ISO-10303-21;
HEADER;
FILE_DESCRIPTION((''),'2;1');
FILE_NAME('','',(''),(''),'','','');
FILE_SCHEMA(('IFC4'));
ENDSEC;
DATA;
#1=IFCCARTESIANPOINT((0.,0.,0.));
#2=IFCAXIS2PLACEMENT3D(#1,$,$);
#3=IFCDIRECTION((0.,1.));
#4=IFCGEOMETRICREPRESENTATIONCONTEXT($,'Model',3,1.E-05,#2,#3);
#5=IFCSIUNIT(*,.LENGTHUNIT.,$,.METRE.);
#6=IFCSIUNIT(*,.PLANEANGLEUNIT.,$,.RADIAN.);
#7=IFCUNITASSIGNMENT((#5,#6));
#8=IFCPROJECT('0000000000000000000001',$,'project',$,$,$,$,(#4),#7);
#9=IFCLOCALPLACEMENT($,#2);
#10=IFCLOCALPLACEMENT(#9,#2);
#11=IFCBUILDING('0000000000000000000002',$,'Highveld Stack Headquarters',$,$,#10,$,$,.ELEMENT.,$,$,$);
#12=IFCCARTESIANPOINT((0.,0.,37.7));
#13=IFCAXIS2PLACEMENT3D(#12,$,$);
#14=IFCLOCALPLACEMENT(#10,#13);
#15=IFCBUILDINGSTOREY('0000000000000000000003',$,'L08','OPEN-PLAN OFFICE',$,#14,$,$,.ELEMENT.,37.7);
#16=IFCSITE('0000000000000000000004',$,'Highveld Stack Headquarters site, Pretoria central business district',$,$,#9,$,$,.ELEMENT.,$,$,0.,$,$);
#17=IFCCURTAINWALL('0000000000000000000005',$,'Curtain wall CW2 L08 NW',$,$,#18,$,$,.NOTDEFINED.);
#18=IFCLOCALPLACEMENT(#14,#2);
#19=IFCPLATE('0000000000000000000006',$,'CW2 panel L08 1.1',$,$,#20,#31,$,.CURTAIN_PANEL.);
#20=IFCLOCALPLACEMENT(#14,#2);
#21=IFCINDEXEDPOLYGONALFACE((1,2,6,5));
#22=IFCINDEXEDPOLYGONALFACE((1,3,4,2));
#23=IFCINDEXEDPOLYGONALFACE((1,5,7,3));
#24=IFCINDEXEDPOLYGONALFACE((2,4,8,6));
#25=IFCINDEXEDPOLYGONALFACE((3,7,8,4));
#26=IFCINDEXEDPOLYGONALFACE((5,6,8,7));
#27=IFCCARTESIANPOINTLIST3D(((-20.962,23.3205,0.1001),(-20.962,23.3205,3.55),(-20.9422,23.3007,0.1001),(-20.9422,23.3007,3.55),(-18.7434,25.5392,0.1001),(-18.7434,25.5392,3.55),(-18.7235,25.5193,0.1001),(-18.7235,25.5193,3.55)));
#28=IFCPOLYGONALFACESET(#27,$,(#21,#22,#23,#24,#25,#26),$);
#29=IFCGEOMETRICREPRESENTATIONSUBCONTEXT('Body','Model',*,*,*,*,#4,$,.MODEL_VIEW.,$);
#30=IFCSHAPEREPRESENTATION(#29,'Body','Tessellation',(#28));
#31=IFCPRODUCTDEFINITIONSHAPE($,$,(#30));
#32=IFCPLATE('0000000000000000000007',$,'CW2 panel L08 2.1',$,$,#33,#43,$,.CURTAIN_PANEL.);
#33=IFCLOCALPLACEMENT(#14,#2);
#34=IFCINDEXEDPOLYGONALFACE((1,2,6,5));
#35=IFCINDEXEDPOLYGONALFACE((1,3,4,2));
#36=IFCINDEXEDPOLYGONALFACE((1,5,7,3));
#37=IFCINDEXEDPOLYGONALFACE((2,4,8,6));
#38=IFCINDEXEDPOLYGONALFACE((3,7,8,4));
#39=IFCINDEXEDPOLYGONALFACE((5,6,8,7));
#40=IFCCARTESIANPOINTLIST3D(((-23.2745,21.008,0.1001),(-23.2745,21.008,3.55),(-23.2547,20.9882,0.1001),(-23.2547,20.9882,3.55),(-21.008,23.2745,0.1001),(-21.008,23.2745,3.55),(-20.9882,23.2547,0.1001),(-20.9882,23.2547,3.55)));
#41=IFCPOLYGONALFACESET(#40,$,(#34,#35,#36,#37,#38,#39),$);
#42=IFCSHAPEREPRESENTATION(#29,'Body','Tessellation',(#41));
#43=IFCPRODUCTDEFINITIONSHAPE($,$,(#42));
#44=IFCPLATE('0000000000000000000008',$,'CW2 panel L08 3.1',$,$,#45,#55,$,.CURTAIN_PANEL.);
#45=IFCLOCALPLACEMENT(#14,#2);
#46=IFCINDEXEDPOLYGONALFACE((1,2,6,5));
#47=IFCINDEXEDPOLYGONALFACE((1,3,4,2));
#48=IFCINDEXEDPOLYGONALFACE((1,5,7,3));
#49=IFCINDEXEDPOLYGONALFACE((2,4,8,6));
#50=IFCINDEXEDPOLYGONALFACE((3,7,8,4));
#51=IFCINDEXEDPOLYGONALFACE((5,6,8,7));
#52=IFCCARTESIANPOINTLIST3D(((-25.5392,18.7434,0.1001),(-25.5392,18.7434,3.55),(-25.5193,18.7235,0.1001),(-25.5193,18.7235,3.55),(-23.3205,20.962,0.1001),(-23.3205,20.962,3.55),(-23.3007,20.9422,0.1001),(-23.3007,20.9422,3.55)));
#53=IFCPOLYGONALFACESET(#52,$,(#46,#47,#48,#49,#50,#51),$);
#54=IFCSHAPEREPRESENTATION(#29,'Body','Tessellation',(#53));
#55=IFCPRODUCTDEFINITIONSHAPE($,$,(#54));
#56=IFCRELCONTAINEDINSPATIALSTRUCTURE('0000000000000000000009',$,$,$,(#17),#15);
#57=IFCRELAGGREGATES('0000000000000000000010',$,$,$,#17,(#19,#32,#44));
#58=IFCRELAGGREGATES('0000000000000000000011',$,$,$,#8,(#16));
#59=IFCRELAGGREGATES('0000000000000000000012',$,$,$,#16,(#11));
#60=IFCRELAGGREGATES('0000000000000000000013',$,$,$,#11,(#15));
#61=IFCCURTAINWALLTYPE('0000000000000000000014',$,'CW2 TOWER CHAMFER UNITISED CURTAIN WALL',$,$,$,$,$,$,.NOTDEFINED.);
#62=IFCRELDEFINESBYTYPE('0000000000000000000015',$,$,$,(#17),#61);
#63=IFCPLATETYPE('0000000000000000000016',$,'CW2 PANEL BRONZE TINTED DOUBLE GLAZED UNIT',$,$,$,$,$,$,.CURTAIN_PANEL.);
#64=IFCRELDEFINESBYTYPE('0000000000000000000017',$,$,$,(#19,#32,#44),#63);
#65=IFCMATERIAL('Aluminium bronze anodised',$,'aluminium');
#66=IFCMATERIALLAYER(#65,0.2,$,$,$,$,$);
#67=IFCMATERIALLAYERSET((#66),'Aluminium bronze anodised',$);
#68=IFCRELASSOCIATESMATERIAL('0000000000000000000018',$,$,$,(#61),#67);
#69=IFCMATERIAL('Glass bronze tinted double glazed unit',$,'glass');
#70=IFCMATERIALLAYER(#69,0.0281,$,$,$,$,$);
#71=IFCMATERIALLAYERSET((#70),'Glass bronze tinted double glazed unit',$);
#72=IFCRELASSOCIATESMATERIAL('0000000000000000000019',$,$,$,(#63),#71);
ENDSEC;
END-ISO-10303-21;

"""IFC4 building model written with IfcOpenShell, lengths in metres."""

from ifc_helpers import new_model, si_unit, direction, frame, origin, origin_2d, place, context, subcontext, project, spatial, rectangle, extrude, material, layer, layer_set, type_object, element, aggregate, save


model = new_model("IFC4")

# Units and contexts
model_context = context("Model", 3, precision=1e-05, world=origin(), true_north=direction((0.0, 1.0)))
body_context = subcontext(model_context, "Body", "Model", "MODEL_VIEW")
ifc_project = project(units=[si_unit("LENGTHUNIT", "METRE"), si_unit("PLANEANGLEUNIT", "RADIAN")], contexts=[model_context])

# Site, building, storey
site_placement = place(None, origin())
site = spatial("IfcSite", under=ifc_project, at=site_placement, Name="Highveld Stack Headquarters site, Pretoria central business district", CompositionType="ELEMENT", RefElevation=0.0)
building_placement = place(site_placement, origin())
building = spatial("IfcBuilding", under=site, at=building_placement, Name="Highveld Stack Headquarters", CompositionType="ELEMENT")
storey_placement = place(building_placement, frame((0.0, 0.0, 37.7)))
storey = spatial("IfcBuildingStorey", under=building, at=storey_placement, Name="L08", Description="OPEN-PLAN OFFICE", CompositionType="ELEMENT", Elevation=37.7)

# Curtain wall
ifc_material_1 = material(Name="Aluminium bronze anodised", Category="aluminium")
ifc_layer_1 = layer(ifc_material_1, 0.2)
ifc_layer_set_1 = layer_set([ifc_layer_1], Name="Aluminium bronze anodised")
curtain_wall_type_1 = type_object("IfcCurtainWallType", Name="CW2 TOWER CHAMFER UNITISED CURTAIN WALL", PredefinedType="NOTDEFINED", material=ifc_layer_set_1)
curtain_wall_1_placement = place(storey_placement, origin())
curtain_wall_1 = element("IfcCurtainWall", 1, at=curtain_wall_1_placement, inside=storey, type_object=curtain_wall_type_1, Name="Curtain wall CW2 L08 NW", PredefinedType="NOTDEFINED")

# Plates
ifc_material_2 = material(Name="Glass bronze tinted double glazed unit", Category="glass")
ifc_layer_2 = layer(ifc_material_2, 0.0281)
ifc_layer_set_2 = layer_set([ifc_layer_2], Name="Glass bronze tinted double glazed unit")
plate_type_1 = type_object("IfcPlateType", Name="CW2 PANEL BRONZE TINTED DOUBLE GLAZED UNIT", PredefinedType="CURTAIN_PANEL", material=ifc_layer_set_2)
plate_1_placement = place(storey_placement, frame((-19.8428, 24.4199, 0.1001), z_axis=(0.0, 0.0, 1.0), x_axis=(-0.707107, -0.707107, 0.0)))
plate_1 = element("IfcPlate", 2, at=plate_1_placement, type_object=plate_type_1, Name="CW2 panel L08 1.1", PredefinedType="CURTAIN_PANEL", context=body_context, shape_type="SweptSolid", body=[
    extrude(rectangle(XDim=3.1377, YDim=0.0281, at=origin_2d()), origin(), (0.0, 0.0, 1.0), 3.45),
])
plate_2_placement = place(storey_placement, frame((-22.1313, 22.1313, 0.1001), z_axis=(0.0, 0.0, 1.0), x_axis=(-0.707107, -0.707107, 0.0)))
plate_2 = element("IfcPlate", 3, at=plate_2_placement, type_object=plate_type_1, Name="CW2 panel L08 2.1", PredefinedType="CURTAIN_PANEL", context=body_context, shape_type="SweptSolid", body=[
    extrude(rectangle(XDim=3.2053, YDim=0.0281, at=origin_2d()), origin(), (0.0, 0.0, 1.0), 3.45),
])
plate_3_placement = place(storey_placement, frame((-24.4199, 19.8428, 0.1001), z_axis=(0.0, 0.0, 1.0), x_axis=(-0.707107, -0.707107, 0.0)))
plate_3 = element("IfcPlate", 4, at=plate_3_placement, type_object=plate_type_1, Name="CW2 panel L08 3.1", PredefinedType="CURTAIN_PANEL", context=body_context, shape_type="SweptSolid", body=[
    extrude(rectangle(XDim=3.1377, YDim=0.0281, at=origin_2d()), origin(), (0.0, 0.0, 1.0), 3.45),
])
aggregate(curtain_wall_1, [plate_1, plate_2, plate_3])

save(model, "model.ifc")
